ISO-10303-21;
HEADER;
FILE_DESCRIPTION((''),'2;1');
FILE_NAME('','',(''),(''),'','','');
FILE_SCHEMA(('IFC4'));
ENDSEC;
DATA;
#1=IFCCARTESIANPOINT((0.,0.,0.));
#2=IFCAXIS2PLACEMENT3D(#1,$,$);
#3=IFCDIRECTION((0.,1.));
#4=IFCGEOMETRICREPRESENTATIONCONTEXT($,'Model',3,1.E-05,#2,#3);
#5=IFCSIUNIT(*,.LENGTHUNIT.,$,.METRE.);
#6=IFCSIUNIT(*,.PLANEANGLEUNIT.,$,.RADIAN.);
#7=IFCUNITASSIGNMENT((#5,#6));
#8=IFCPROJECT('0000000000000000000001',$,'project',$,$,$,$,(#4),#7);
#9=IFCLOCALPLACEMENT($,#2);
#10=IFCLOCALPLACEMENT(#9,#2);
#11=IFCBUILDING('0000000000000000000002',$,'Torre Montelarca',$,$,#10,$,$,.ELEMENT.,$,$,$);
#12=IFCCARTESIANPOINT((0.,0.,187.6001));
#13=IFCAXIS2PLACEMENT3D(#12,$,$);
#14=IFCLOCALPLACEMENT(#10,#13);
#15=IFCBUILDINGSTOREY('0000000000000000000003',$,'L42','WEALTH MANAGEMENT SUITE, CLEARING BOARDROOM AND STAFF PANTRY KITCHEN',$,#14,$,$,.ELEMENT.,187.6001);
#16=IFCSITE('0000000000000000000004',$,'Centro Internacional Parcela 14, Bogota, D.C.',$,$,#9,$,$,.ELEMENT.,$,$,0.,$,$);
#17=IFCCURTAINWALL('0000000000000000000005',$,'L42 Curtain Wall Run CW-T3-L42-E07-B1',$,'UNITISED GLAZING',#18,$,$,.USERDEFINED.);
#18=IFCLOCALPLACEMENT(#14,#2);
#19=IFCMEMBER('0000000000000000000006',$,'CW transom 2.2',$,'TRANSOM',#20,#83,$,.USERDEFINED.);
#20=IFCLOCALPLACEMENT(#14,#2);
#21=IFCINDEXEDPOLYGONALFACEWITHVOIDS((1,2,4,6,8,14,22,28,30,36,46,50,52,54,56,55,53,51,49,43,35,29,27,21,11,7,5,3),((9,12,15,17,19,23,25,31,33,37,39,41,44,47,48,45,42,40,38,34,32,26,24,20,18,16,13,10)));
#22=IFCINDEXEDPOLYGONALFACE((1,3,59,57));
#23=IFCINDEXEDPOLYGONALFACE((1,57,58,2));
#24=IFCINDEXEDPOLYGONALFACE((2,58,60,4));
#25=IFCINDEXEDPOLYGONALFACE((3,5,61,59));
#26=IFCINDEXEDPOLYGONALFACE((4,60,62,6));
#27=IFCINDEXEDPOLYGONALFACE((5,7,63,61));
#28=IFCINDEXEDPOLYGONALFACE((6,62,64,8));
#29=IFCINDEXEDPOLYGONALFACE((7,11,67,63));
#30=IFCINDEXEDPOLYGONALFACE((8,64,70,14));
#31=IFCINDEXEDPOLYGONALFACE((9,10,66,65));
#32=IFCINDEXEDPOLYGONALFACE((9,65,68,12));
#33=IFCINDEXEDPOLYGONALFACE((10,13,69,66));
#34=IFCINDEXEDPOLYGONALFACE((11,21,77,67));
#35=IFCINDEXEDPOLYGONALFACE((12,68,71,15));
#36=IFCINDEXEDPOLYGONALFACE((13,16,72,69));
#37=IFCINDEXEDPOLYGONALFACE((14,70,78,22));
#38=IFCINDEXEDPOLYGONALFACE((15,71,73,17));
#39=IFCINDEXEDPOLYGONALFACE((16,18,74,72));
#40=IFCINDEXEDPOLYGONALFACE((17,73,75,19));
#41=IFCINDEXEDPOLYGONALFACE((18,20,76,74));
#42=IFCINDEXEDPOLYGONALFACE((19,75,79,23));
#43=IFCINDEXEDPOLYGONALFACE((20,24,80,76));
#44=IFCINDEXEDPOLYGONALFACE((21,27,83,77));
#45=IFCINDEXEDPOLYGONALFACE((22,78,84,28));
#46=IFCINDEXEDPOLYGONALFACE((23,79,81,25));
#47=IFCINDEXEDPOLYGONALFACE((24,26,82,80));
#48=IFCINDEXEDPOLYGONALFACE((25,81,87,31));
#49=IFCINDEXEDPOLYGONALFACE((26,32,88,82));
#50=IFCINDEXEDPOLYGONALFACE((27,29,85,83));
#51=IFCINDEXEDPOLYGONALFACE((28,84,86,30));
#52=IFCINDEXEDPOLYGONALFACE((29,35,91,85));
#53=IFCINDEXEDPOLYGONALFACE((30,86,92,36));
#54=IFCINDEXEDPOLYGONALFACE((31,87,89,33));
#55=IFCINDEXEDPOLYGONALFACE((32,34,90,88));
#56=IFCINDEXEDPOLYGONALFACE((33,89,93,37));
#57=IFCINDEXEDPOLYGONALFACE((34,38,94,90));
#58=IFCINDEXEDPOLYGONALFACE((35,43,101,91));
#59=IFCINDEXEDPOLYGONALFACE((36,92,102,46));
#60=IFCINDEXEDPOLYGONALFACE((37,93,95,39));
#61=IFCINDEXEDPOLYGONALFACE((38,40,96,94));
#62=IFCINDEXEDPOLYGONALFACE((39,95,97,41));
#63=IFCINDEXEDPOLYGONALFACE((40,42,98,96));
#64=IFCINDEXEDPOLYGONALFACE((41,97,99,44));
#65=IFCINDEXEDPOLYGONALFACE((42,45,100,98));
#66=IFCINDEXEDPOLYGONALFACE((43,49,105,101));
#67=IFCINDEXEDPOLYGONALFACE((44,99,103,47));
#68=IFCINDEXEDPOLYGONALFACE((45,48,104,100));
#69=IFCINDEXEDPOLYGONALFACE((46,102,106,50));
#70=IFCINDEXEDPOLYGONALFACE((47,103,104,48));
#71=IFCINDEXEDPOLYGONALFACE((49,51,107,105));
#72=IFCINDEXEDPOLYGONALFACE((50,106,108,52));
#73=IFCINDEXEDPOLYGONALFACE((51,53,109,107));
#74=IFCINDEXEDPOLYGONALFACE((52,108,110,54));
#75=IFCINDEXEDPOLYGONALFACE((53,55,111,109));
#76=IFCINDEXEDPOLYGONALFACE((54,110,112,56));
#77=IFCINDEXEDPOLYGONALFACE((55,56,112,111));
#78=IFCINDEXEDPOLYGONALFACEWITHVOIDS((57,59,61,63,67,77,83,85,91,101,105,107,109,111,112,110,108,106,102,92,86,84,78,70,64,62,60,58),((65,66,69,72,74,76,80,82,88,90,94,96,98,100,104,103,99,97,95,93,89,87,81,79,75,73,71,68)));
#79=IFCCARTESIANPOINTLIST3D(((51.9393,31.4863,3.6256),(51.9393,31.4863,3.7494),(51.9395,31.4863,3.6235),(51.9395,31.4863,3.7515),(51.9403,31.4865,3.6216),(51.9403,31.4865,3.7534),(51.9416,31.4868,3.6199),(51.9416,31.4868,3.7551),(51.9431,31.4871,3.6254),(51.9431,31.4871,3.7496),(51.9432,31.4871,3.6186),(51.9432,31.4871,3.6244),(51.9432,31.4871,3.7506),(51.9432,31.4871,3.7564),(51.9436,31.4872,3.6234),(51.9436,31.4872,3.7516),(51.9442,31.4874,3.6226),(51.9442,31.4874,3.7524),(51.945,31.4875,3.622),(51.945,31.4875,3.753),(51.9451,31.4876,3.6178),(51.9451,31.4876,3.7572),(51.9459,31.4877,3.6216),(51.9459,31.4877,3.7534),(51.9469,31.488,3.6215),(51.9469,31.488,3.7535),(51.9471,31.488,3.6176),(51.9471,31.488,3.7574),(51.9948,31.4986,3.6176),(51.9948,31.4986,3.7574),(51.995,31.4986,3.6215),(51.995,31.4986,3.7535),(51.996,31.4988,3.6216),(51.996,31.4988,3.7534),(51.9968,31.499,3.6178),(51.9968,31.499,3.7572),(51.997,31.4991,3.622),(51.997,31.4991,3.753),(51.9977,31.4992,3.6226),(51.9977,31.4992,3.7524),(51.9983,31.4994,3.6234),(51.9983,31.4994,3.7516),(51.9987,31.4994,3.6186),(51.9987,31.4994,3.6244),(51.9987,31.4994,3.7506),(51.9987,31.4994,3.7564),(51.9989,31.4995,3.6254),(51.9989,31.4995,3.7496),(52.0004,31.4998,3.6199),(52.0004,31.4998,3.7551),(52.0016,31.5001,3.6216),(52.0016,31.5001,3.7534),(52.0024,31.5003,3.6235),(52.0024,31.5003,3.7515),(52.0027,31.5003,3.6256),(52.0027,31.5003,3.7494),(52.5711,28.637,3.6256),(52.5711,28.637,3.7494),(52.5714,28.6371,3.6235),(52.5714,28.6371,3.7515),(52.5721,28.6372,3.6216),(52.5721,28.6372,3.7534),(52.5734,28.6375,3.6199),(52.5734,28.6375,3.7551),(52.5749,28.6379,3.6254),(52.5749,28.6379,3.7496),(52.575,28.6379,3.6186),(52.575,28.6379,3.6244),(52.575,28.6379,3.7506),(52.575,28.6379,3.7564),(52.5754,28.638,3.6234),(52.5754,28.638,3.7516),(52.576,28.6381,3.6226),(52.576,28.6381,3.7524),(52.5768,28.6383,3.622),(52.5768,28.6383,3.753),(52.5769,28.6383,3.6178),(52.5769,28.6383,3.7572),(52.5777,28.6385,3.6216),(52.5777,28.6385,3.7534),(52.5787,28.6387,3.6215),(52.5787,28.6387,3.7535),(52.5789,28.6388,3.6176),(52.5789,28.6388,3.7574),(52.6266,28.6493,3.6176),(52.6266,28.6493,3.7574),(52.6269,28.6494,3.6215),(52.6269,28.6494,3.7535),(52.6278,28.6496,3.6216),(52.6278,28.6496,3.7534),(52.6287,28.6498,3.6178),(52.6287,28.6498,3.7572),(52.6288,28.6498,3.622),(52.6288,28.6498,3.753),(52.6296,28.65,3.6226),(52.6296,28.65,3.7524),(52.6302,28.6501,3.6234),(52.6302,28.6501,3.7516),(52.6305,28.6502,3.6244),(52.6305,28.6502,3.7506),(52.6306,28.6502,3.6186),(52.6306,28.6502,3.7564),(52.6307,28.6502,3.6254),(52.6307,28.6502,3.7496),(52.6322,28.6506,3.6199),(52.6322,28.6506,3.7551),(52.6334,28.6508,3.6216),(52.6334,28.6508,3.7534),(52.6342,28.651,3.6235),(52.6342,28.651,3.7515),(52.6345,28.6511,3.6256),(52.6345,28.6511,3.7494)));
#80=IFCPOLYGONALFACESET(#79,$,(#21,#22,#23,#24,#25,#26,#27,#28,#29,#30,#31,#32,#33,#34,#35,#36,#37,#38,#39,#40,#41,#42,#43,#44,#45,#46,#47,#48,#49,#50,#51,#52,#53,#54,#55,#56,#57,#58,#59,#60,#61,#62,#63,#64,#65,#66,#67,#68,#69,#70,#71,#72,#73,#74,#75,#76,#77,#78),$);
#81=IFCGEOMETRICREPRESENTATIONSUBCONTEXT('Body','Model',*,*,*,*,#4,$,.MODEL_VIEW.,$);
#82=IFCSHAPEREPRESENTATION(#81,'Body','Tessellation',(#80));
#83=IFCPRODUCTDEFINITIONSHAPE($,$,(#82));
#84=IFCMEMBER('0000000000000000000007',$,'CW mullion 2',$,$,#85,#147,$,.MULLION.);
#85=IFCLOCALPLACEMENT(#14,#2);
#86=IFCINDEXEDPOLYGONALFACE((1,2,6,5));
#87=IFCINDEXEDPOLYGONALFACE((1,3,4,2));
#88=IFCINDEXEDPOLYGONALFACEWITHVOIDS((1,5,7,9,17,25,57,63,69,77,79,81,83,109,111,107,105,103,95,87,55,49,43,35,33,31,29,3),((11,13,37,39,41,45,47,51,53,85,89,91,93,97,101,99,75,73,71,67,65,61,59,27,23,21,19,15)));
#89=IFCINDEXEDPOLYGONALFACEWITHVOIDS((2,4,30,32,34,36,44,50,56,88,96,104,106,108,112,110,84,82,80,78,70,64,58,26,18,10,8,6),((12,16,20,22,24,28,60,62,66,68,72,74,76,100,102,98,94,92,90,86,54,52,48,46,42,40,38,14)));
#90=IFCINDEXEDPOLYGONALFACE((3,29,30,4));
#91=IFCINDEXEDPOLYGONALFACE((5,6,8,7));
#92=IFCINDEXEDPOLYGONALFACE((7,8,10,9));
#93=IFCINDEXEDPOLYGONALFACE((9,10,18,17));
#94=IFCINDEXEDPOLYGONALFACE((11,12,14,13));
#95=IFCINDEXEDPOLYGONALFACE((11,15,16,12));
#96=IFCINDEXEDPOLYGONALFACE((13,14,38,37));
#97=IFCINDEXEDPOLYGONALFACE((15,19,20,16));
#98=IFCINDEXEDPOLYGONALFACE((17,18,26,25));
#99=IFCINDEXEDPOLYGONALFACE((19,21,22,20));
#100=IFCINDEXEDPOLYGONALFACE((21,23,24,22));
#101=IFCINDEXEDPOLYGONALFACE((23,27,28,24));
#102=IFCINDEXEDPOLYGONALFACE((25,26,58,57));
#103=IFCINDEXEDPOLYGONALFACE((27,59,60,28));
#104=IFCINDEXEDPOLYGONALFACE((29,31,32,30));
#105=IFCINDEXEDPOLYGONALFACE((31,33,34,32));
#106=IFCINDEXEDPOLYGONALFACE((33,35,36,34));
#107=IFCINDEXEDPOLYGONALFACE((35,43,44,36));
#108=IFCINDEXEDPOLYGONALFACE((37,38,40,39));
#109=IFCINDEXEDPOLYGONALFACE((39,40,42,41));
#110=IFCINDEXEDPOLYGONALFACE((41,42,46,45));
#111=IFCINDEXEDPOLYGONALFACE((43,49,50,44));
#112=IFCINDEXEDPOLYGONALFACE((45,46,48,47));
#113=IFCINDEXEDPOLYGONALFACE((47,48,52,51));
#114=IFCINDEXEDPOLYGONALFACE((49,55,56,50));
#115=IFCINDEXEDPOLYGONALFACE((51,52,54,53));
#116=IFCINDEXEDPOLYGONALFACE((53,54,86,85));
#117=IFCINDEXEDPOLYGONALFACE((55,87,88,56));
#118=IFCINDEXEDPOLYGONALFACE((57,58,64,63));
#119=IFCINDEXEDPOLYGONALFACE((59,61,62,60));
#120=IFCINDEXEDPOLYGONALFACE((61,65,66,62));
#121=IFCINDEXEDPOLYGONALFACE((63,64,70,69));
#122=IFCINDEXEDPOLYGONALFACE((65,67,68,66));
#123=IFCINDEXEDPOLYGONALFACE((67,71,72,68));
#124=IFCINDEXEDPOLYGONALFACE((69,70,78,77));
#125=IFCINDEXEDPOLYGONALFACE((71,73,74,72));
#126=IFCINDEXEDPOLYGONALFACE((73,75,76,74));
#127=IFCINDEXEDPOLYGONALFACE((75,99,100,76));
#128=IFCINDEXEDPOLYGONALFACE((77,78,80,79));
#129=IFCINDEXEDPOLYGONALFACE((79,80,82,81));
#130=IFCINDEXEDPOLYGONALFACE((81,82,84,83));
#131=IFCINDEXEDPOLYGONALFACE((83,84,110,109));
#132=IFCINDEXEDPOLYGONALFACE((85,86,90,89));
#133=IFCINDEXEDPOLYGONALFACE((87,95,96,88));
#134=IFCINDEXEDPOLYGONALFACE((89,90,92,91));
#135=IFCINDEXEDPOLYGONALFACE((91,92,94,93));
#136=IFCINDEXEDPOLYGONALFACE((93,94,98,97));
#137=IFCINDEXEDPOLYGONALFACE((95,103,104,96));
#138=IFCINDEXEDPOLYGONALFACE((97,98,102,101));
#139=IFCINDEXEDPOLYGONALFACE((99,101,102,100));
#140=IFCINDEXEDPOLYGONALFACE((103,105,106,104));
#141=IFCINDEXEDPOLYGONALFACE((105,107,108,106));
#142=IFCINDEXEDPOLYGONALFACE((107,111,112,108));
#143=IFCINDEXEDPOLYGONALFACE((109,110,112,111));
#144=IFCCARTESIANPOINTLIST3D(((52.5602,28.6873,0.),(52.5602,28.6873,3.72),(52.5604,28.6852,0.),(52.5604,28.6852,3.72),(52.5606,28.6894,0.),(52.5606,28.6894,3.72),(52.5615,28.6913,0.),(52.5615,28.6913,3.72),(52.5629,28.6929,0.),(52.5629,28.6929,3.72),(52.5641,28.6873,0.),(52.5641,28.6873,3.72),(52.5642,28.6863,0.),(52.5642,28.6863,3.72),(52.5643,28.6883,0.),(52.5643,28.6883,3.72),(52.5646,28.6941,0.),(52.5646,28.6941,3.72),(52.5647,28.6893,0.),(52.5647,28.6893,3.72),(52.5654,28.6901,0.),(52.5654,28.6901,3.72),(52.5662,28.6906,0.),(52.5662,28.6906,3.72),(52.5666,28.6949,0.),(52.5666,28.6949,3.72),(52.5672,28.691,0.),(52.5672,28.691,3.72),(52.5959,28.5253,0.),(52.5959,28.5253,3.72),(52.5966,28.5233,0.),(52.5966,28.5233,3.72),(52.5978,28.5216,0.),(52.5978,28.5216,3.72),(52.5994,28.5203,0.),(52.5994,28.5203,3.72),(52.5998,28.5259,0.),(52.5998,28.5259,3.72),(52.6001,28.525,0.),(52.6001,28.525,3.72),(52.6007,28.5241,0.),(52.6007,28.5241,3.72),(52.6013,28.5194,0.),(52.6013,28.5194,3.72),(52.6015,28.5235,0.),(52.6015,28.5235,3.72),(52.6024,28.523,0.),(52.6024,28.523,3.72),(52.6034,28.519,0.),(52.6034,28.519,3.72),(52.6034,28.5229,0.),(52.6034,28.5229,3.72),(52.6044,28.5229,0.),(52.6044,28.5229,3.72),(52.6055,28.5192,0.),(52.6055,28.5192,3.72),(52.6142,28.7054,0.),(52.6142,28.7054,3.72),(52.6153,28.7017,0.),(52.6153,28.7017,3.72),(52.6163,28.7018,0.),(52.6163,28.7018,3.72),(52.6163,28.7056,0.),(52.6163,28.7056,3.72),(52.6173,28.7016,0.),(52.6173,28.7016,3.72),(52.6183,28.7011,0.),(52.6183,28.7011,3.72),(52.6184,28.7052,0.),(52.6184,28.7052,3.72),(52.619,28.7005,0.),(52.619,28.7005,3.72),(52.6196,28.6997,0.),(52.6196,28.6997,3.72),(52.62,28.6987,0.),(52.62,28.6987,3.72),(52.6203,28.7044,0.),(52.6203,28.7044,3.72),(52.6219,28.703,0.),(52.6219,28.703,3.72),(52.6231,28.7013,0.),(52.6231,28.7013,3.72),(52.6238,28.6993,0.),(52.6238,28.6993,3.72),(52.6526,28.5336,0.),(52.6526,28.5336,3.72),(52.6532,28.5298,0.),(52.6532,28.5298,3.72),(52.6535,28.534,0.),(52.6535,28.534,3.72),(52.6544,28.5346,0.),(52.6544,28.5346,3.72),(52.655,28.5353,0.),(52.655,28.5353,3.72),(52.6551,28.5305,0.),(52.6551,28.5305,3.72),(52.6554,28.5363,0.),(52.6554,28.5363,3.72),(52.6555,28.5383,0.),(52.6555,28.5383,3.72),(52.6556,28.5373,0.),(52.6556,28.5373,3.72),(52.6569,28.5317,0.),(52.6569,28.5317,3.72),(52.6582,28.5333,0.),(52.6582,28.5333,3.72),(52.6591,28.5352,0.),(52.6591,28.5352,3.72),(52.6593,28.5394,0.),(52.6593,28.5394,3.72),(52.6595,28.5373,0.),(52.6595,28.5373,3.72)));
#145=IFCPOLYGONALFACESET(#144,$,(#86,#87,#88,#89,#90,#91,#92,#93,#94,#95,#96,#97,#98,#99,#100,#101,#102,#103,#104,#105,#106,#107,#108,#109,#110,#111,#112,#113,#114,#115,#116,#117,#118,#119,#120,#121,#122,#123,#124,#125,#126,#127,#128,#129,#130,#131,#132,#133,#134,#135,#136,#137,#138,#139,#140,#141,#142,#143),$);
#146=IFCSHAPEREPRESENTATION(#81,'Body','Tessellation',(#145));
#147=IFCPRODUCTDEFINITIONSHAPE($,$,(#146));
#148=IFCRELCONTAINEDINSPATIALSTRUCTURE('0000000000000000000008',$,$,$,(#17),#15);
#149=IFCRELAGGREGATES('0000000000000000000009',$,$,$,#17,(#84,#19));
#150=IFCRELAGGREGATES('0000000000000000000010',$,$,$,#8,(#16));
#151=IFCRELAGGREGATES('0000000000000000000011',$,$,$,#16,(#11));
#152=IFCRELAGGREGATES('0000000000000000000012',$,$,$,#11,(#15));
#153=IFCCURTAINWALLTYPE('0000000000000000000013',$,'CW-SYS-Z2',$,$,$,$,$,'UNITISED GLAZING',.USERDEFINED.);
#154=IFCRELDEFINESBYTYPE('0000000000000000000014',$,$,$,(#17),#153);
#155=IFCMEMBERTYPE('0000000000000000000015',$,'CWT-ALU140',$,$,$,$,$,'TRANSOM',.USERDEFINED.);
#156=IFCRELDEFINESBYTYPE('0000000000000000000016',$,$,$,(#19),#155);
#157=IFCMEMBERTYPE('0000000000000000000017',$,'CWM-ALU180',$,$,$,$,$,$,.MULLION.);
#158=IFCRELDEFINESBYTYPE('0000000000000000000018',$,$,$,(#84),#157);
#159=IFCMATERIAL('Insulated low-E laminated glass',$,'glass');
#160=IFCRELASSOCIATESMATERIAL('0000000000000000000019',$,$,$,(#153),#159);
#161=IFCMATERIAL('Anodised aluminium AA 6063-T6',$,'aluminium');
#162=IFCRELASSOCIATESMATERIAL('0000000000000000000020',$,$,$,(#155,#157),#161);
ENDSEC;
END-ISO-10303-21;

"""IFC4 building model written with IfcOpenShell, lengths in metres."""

from ifc_helpers import new_model, si_unit, direction, frame, origin, origin_2d, place, context, subcontext, project, spatial, hollow_rectangle, extrude, source, transform, mapped, material, material_profile, profile_set, type_object, element, aggregate, save


model = new_model("IFC4")

# Units and contexts
model_context = context("Model", 3, precision=1e-05, world=origin(), true_north=direction((0.0, 1.0)))
body_context = subcontext(model_context, "Body", "Model", "MODEL_VIEW")
ifc_project = project(units=[si_unit("LENGTHUNIT", "METRE"), si_unit("PLANEANGLEUNIT", "RADIAN")], contexts=[model_context])

# Site, building, storey
site_placement = place(None, origin())
site = spatial("IfcSite", under=ifc_project, at=site_placement, Name="Centro Internacional Parcela 14, Bogota, D.C.", CompositionType="ELEMENT", RefElevation=0.0)
building_placement = place(site_placement, origin())
building = spatial("IfcBuilding", under=site, at=building_placement, Name="Torre Montelarca", CompositionType="ELEMENT")
storey_placement = place(building_placement, frame((0.0, 0.0, 187.6001)))
storey = spatial("IfcBuildingStorey", under=building, at=storey_placement, Name="L42", Description="WEALTH MANAGEMENT SUITE, CLEARING BOARDROOM AND STAFF PANTRY KITCHEN", CompositionType="ELEMENT", Elevation=187.6001)

# Curtain wall, members
ifc_material_1 = material(Name="Insulated low-E laminated glass", Category="glass")
curtain_wall_type = type_object("IfcCurtainWallType", Name="CW-SYS-Z2", ElementType="UNITISED GLAZING", PredefinedType="USERDEFINED", material=ifc_material_1)
curtain_wall_1_placement = place(storey_placement, origin())
curtain_wall_1 = element("IfcCurtainWall", 1, at=curtain_wall_1_placement, inside=storey, type_object=curtain_wall_type, Name="L42 Curtain Wall Run CW-T3-L42-E07-B1", ObjectType="UNITISED GLAZING", PredefinedType="USERDEFINED")
ifc_material_2 = material(Name="Anodised aluminium AA 6063-T6", Category="aluminium")
ifc_material_profile_1 = material_profile(ifc_material_2, hollow_rectangle(XDim=0.0649, YDim=0.1399, WallThickness=0.0039, InnerFilletRadius=0.0039, OuterFilletRadius=0.0081, at=origin_2d()), Name="ALU65X140X4", Category="aluminium")
ifc_profile_set_1 = profile_set([ifc_material_profile_1], Name="Anodised aluminium AA 6063-T6")
member_type_1 = type_object("IfcMemberType", Name="CWT-ALU140", ElementType="TRANSOM", PredefinedType="USERDEFINED", material=ifc_profile_set_1)
shared_shape_1 = source(origin(), body_context, "Body", "SweptSolid", [
    extrude(hollow_rectangle(XDim=0.0649, YDim=0.1399, WallThickness=0.0039, InnerFilletRadius=0.0039, OuterFilletRadius=0.0081, at=origin_2d()), origin(), (0.0, 0.0, 1.0), 2.9185),
])
member_1_placement = place(storey_placement, frame((52.6028, 28.644, 3.6875), z_axis=(-0.216488, 0.976285, 0.0), x_axis=(-0.976285, -0.216488, 0.0)))
member_1 = element("IfcMember", 2, at=member_1_placement, type_object=member_type_1, Name="CW transom 2.2", ObjectType="TRANSOM", PredefinedType="USERDEFINED", context=body_context, shape_type="MappedRepresentation", body=[
    mapped(shared_shape_1, transform((0.0, 0.0, 0.0), scale=1.0)),
])
ifc_material_profile_2 = material_profile(ifc_material_2, hollow_rectangle(XDim=0.0649, YDim=0.1799, WallThickness=0.0039, InnerFilletRadius=0.0039, OuterFilletRadius=0.0081, at=origin_2d()), Name="ALU65X180X4", Category="aluminium")
ifc_profile_set_2 = profile_set([ifc_material_profile_2], Name="Anodised aluminium AA 6063-T6")
member_type_2 = type_object("IfcMemberType", Name="CWM-ALU180", PredefinedType="MULLION", material=ifc_profile_set_2)
shared_shape_2 = source(origin(), body_context, "Body", "SweptSolid", [
    extrude(hollow_rectangle(XDim=0.0649, YDim=0.1799, WallThickness=0.0039, InnerFilletRadius=0.0039, OuterFilletRadius=0.0081, at=origin_2d()), origin(), (0.0, 0.0, 1.0), 3.72),
])
member_2_placement = place(storey_placement, frame((52.6099, 28.6123, 0.0), z_axis=(0.0, 0.0, 1.0), x_axis=(-0.976294, -0.216448, 0.0)))
member_2 = element("IfcMember", 3, at=member_2_placement, type_object=member_type_2, Name="CW mullion 2", PredefinedType="MULLION", context=body_context, shape_type="MappedRepresentation", body=[
    mapped(shared_shape_2, transform((0.0, 0.0, 0.0), scale=1.0)),
])

aggregate(curtain_wall_1, [member_2, member_1])

save(model, "model.ifc")
